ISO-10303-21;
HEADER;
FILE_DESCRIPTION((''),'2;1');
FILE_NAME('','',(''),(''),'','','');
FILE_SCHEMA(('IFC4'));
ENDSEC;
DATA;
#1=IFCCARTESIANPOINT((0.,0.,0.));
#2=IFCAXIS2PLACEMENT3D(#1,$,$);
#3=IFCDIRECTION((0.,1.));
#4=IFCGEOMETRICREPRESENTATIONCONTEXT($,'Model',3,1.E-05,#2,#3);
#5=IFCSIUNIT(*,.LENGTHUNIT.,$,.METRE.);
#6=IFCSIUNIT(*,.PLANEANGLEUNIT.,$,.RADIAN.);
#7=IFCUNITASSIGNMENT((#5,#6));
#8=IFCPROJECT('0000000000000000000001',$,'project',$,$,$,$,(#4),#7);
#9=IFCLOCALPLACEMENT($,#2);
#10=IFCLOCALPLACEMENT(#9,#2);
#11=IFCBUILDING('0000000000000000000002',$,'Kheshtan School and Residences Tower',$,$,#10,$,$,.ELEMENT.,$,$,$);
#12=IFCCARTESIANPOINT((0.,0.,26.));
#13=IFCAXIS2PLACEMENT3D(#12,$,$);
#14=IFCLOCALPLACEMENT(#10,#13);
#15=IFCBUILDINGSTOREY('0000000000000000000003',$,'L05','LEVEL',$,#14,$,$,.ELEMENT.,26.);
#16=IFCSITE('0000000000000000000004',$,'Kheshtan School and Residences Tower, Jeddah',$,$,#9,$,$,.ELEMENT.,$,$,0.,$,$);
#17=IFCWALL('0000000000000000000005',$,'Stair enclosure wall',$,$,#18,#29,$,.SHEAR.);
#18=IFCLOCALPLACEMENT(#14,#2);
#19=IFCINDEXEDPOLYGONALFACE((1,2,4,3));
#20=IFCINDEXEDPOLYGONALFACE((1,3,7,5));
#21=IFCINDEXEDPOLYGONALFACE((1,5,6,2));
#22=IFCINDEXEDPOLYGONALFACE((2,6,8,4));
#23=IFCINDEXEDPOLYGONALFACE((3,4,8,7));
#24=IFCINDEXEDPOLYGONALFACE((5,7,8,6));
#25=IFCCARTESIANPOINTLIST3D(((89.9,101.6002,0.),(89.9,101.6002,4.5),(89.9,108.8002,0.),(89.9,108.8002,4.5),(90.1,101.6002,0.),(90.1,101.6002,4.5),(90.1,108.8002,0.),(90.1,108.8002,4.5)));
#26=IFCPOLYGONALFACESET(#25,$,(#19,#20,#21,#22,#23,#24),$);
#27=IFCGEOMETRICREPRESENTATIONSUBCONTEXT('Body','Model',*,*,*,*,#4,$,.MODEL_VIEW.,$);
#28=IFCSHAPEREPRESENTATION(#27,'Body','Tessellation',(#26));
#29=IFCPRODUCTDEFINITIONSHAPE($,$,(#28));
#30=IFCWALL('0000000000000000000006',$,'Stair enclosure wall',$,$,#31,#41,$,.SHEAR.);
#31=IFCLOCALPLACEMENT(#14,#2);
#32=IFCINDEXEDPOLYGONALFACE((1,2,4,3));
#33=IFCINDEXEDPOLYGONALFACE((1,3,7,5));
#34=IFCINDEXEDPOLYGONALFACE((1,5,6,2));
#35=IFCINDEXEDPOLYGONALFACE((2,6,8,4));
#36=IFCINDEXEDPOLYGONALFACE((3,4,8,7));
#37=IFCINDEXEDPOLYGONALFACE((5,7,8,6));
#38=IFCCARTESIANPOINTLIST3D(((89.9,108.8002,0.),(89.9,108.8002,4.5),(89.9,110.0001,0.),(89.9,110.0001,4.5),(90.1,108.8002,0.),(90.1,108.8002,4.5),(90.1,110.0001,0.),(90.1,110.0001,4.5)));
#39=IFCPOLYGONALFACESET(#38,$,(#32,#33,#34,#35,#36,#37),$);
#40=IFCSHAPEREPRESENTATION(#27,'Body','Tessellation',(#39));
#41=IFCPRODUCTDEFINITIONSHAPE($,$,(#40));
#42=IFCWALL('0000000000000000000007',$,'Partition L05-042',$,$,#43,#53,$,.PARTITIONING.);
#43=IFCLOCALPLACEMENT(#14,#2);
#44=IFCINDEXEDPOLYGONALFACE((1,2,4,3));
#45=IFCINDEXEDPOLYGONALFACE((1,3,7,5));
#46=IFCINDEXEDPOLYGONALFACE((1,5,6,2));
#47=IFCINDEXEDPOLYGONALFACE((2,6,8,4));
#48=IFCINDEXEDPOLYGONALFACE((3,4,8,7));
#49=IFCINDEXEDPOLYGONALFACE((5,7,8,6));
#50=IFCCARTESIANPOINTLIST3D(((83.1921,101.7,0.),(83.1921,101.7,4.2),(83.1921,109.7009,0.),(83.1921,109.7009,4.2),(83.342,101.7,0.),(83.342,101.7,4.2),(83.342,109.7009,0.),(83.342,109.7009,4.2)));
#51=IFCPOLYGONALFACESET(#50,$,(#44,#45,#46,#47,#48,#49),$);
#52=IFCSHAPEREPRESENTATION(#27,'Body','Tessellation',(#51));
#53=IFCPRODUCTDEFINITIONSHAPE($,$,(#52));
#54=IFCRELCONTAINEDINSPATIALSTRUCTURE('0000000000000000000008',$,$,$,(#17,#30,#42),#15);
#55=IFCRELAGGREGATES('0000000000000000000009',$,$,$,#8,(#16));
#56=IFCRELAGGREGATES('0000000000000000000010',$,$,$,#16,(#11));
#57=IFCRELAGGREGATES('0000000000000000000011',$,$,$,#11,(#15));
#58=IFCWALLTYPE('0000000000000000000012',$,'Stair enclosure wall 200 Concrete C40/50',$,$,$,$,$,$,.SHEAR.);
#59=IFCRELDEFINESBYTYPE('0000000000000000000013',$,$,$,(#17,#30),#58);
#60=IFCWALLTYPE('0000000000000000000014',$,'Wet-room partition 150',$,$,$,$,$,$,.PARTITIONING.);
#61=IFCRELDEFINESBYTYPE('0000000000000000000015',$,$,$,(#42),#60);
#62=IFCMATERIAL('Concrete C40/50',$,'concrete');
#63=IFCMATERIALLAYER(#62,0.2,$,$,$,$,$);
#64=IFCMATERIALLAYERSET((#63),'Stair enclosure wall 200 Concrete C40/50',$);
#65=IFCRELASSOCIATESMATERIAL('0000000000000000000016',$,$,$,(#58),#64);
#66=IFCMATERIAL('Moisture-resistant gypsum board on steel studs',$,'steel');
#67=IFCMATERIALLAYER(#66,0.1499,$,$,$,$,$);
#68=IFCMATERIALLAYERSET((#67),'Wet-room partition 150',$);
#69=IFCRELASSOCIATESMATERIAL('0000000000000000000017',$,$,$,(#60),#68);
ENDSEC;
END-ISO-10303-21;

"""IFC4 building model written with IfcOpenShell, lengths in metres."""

from ifc_helpers import new_model, si_unit, direction, frame, frame_2d, origin, place, context, subcontext, project, spatial, rectangle, extrude, material, layer, layer_set, type_object, element, save


model = new_model("IFC4")

# Units and contexts
model_context = context("Model", 3, precision=1e-05, world=origin(), true_north=direction((0.0, 1.0)))
body_context = subcontext(model_context, "Body", "Model", "MODEL_VIEW")
ifc_project = project(units=[si_unit("LENGTHUNIT", "METRE"), si_unit("PLANEANGLEUNIT", "RADIAN")], contexts=[model_context])

# Site, building, storey
site_placement = place(None, origin())
site = spatial("IfcSite", under=ifc_project, at=site_placement, Name="Kheshtan School and Residences Tower, Jeddah", CompositionType="ELEMENT", RefElevation=0.0)
building_placement = place(site_placement, origin())
building = spatial("IfcBuilding", under=site, at=building_placement, Name="Kheshtan School and Residences Tower", CompositionType="ELEMENT")
storey_placement = place(building_placement, frame((0.0, 0.0, 26.0)))
storey = spatial("IfcBuildingStorey", under=building, at=storey_placement, Name="L05", Description="LEVEL", CompositionType="ELEMENT", Elevation=26.0)

# Shared definitions
ifc_material_1 = material(Name="Concrete C40/50", Category="concrete")
ifc_layer_1 = layer(ifc_material_1, 0.2)
ifc_layer_set_1 = layer_set([ifc_layer_1], Name="Stair enclosure wall 200 Concrete C40/50")
wall_type_1 = type_object("IfcWallType", Name="Stair enclosure wall 200 Concrete C40/50", PredefinedType="SHEAR", material=ifc_layer_set_1)

# Walls
wall_1_placement = place(storey_placement, frame((90.0, 101.6001, 0.0), z_axis=(0.0, 0.0, 1.0), x_axis=(0.0, 1.0, 0.0)))
element("IfcWall", 1, at=wall_1_placement, inside=storey, type_object=wall_type_1, Name="Stair enclosure wall", PredefinedType="SHEAR", context=body_context, shape_type="SweptSolid", body=[
    extrude(rectangle(XDim=7.2, YDim=0.2, at=frame_2d((3.6001, 0.0))), origin(), (0.0, 0.0, 1.0), 4.5),
])
wall_2_placement = place(storey_placement, frame((90.0, 108.8, 0.0), z_axis=(0.0, 0.0, 1.0), x_axis=(0.0, 1.0, 0.0)))
element("IfcWall", 2, at=wall_2_placement, inside=storey, type_object=wall_type_1, Name="Stair enclosure wall", PredefinedType="SHEAR", context=body_context, shape_type="SweptSolid", body=[
    extrude(rectangle(XDim=1.2, YDim=0.2, at=frame_2d((0.6001, 0.0))), origin(), (0.0, 0.0, 1.0), 4.5),
])
ifc_material_2 = material(Name="Moisture-resistant gypsum board on steel studs", Category="steel")
ifc_layer_2 = layer(ifc_material_2, 0.1499)
ifc_layer_set_2 = layer_set([ifc_layer_2], Name="Wet-room partition 150")
wall_type_2 = type_object("IfcWallType", Name="Wet-room partition 150", PredefinedType="PARTITIONING", material=ifc_layer_set_2)
wall_3_placement = place(storey_placement, frame((83.2671, 101.7, 0.0), z_axis=(0.0, 0.0, 1.0), x_axis=(0.0, 1.0, 0.0)))
element("IfcWall", 3, at=wall_3_placement, inside=storey, type_object=wall_type_2, Name="Partition L05-042", PredefinedType="PARTITIONING", context=body_context, shape_type="SweptSolid", body=[
    extrude(rectangle(XDim=8.001, YDim=0.1499, at=frame_2d((4.0005, 0.0))), origin(), (0.0, 0.0, 1.0), 4.2),
])

save(model, "model.ifc")
